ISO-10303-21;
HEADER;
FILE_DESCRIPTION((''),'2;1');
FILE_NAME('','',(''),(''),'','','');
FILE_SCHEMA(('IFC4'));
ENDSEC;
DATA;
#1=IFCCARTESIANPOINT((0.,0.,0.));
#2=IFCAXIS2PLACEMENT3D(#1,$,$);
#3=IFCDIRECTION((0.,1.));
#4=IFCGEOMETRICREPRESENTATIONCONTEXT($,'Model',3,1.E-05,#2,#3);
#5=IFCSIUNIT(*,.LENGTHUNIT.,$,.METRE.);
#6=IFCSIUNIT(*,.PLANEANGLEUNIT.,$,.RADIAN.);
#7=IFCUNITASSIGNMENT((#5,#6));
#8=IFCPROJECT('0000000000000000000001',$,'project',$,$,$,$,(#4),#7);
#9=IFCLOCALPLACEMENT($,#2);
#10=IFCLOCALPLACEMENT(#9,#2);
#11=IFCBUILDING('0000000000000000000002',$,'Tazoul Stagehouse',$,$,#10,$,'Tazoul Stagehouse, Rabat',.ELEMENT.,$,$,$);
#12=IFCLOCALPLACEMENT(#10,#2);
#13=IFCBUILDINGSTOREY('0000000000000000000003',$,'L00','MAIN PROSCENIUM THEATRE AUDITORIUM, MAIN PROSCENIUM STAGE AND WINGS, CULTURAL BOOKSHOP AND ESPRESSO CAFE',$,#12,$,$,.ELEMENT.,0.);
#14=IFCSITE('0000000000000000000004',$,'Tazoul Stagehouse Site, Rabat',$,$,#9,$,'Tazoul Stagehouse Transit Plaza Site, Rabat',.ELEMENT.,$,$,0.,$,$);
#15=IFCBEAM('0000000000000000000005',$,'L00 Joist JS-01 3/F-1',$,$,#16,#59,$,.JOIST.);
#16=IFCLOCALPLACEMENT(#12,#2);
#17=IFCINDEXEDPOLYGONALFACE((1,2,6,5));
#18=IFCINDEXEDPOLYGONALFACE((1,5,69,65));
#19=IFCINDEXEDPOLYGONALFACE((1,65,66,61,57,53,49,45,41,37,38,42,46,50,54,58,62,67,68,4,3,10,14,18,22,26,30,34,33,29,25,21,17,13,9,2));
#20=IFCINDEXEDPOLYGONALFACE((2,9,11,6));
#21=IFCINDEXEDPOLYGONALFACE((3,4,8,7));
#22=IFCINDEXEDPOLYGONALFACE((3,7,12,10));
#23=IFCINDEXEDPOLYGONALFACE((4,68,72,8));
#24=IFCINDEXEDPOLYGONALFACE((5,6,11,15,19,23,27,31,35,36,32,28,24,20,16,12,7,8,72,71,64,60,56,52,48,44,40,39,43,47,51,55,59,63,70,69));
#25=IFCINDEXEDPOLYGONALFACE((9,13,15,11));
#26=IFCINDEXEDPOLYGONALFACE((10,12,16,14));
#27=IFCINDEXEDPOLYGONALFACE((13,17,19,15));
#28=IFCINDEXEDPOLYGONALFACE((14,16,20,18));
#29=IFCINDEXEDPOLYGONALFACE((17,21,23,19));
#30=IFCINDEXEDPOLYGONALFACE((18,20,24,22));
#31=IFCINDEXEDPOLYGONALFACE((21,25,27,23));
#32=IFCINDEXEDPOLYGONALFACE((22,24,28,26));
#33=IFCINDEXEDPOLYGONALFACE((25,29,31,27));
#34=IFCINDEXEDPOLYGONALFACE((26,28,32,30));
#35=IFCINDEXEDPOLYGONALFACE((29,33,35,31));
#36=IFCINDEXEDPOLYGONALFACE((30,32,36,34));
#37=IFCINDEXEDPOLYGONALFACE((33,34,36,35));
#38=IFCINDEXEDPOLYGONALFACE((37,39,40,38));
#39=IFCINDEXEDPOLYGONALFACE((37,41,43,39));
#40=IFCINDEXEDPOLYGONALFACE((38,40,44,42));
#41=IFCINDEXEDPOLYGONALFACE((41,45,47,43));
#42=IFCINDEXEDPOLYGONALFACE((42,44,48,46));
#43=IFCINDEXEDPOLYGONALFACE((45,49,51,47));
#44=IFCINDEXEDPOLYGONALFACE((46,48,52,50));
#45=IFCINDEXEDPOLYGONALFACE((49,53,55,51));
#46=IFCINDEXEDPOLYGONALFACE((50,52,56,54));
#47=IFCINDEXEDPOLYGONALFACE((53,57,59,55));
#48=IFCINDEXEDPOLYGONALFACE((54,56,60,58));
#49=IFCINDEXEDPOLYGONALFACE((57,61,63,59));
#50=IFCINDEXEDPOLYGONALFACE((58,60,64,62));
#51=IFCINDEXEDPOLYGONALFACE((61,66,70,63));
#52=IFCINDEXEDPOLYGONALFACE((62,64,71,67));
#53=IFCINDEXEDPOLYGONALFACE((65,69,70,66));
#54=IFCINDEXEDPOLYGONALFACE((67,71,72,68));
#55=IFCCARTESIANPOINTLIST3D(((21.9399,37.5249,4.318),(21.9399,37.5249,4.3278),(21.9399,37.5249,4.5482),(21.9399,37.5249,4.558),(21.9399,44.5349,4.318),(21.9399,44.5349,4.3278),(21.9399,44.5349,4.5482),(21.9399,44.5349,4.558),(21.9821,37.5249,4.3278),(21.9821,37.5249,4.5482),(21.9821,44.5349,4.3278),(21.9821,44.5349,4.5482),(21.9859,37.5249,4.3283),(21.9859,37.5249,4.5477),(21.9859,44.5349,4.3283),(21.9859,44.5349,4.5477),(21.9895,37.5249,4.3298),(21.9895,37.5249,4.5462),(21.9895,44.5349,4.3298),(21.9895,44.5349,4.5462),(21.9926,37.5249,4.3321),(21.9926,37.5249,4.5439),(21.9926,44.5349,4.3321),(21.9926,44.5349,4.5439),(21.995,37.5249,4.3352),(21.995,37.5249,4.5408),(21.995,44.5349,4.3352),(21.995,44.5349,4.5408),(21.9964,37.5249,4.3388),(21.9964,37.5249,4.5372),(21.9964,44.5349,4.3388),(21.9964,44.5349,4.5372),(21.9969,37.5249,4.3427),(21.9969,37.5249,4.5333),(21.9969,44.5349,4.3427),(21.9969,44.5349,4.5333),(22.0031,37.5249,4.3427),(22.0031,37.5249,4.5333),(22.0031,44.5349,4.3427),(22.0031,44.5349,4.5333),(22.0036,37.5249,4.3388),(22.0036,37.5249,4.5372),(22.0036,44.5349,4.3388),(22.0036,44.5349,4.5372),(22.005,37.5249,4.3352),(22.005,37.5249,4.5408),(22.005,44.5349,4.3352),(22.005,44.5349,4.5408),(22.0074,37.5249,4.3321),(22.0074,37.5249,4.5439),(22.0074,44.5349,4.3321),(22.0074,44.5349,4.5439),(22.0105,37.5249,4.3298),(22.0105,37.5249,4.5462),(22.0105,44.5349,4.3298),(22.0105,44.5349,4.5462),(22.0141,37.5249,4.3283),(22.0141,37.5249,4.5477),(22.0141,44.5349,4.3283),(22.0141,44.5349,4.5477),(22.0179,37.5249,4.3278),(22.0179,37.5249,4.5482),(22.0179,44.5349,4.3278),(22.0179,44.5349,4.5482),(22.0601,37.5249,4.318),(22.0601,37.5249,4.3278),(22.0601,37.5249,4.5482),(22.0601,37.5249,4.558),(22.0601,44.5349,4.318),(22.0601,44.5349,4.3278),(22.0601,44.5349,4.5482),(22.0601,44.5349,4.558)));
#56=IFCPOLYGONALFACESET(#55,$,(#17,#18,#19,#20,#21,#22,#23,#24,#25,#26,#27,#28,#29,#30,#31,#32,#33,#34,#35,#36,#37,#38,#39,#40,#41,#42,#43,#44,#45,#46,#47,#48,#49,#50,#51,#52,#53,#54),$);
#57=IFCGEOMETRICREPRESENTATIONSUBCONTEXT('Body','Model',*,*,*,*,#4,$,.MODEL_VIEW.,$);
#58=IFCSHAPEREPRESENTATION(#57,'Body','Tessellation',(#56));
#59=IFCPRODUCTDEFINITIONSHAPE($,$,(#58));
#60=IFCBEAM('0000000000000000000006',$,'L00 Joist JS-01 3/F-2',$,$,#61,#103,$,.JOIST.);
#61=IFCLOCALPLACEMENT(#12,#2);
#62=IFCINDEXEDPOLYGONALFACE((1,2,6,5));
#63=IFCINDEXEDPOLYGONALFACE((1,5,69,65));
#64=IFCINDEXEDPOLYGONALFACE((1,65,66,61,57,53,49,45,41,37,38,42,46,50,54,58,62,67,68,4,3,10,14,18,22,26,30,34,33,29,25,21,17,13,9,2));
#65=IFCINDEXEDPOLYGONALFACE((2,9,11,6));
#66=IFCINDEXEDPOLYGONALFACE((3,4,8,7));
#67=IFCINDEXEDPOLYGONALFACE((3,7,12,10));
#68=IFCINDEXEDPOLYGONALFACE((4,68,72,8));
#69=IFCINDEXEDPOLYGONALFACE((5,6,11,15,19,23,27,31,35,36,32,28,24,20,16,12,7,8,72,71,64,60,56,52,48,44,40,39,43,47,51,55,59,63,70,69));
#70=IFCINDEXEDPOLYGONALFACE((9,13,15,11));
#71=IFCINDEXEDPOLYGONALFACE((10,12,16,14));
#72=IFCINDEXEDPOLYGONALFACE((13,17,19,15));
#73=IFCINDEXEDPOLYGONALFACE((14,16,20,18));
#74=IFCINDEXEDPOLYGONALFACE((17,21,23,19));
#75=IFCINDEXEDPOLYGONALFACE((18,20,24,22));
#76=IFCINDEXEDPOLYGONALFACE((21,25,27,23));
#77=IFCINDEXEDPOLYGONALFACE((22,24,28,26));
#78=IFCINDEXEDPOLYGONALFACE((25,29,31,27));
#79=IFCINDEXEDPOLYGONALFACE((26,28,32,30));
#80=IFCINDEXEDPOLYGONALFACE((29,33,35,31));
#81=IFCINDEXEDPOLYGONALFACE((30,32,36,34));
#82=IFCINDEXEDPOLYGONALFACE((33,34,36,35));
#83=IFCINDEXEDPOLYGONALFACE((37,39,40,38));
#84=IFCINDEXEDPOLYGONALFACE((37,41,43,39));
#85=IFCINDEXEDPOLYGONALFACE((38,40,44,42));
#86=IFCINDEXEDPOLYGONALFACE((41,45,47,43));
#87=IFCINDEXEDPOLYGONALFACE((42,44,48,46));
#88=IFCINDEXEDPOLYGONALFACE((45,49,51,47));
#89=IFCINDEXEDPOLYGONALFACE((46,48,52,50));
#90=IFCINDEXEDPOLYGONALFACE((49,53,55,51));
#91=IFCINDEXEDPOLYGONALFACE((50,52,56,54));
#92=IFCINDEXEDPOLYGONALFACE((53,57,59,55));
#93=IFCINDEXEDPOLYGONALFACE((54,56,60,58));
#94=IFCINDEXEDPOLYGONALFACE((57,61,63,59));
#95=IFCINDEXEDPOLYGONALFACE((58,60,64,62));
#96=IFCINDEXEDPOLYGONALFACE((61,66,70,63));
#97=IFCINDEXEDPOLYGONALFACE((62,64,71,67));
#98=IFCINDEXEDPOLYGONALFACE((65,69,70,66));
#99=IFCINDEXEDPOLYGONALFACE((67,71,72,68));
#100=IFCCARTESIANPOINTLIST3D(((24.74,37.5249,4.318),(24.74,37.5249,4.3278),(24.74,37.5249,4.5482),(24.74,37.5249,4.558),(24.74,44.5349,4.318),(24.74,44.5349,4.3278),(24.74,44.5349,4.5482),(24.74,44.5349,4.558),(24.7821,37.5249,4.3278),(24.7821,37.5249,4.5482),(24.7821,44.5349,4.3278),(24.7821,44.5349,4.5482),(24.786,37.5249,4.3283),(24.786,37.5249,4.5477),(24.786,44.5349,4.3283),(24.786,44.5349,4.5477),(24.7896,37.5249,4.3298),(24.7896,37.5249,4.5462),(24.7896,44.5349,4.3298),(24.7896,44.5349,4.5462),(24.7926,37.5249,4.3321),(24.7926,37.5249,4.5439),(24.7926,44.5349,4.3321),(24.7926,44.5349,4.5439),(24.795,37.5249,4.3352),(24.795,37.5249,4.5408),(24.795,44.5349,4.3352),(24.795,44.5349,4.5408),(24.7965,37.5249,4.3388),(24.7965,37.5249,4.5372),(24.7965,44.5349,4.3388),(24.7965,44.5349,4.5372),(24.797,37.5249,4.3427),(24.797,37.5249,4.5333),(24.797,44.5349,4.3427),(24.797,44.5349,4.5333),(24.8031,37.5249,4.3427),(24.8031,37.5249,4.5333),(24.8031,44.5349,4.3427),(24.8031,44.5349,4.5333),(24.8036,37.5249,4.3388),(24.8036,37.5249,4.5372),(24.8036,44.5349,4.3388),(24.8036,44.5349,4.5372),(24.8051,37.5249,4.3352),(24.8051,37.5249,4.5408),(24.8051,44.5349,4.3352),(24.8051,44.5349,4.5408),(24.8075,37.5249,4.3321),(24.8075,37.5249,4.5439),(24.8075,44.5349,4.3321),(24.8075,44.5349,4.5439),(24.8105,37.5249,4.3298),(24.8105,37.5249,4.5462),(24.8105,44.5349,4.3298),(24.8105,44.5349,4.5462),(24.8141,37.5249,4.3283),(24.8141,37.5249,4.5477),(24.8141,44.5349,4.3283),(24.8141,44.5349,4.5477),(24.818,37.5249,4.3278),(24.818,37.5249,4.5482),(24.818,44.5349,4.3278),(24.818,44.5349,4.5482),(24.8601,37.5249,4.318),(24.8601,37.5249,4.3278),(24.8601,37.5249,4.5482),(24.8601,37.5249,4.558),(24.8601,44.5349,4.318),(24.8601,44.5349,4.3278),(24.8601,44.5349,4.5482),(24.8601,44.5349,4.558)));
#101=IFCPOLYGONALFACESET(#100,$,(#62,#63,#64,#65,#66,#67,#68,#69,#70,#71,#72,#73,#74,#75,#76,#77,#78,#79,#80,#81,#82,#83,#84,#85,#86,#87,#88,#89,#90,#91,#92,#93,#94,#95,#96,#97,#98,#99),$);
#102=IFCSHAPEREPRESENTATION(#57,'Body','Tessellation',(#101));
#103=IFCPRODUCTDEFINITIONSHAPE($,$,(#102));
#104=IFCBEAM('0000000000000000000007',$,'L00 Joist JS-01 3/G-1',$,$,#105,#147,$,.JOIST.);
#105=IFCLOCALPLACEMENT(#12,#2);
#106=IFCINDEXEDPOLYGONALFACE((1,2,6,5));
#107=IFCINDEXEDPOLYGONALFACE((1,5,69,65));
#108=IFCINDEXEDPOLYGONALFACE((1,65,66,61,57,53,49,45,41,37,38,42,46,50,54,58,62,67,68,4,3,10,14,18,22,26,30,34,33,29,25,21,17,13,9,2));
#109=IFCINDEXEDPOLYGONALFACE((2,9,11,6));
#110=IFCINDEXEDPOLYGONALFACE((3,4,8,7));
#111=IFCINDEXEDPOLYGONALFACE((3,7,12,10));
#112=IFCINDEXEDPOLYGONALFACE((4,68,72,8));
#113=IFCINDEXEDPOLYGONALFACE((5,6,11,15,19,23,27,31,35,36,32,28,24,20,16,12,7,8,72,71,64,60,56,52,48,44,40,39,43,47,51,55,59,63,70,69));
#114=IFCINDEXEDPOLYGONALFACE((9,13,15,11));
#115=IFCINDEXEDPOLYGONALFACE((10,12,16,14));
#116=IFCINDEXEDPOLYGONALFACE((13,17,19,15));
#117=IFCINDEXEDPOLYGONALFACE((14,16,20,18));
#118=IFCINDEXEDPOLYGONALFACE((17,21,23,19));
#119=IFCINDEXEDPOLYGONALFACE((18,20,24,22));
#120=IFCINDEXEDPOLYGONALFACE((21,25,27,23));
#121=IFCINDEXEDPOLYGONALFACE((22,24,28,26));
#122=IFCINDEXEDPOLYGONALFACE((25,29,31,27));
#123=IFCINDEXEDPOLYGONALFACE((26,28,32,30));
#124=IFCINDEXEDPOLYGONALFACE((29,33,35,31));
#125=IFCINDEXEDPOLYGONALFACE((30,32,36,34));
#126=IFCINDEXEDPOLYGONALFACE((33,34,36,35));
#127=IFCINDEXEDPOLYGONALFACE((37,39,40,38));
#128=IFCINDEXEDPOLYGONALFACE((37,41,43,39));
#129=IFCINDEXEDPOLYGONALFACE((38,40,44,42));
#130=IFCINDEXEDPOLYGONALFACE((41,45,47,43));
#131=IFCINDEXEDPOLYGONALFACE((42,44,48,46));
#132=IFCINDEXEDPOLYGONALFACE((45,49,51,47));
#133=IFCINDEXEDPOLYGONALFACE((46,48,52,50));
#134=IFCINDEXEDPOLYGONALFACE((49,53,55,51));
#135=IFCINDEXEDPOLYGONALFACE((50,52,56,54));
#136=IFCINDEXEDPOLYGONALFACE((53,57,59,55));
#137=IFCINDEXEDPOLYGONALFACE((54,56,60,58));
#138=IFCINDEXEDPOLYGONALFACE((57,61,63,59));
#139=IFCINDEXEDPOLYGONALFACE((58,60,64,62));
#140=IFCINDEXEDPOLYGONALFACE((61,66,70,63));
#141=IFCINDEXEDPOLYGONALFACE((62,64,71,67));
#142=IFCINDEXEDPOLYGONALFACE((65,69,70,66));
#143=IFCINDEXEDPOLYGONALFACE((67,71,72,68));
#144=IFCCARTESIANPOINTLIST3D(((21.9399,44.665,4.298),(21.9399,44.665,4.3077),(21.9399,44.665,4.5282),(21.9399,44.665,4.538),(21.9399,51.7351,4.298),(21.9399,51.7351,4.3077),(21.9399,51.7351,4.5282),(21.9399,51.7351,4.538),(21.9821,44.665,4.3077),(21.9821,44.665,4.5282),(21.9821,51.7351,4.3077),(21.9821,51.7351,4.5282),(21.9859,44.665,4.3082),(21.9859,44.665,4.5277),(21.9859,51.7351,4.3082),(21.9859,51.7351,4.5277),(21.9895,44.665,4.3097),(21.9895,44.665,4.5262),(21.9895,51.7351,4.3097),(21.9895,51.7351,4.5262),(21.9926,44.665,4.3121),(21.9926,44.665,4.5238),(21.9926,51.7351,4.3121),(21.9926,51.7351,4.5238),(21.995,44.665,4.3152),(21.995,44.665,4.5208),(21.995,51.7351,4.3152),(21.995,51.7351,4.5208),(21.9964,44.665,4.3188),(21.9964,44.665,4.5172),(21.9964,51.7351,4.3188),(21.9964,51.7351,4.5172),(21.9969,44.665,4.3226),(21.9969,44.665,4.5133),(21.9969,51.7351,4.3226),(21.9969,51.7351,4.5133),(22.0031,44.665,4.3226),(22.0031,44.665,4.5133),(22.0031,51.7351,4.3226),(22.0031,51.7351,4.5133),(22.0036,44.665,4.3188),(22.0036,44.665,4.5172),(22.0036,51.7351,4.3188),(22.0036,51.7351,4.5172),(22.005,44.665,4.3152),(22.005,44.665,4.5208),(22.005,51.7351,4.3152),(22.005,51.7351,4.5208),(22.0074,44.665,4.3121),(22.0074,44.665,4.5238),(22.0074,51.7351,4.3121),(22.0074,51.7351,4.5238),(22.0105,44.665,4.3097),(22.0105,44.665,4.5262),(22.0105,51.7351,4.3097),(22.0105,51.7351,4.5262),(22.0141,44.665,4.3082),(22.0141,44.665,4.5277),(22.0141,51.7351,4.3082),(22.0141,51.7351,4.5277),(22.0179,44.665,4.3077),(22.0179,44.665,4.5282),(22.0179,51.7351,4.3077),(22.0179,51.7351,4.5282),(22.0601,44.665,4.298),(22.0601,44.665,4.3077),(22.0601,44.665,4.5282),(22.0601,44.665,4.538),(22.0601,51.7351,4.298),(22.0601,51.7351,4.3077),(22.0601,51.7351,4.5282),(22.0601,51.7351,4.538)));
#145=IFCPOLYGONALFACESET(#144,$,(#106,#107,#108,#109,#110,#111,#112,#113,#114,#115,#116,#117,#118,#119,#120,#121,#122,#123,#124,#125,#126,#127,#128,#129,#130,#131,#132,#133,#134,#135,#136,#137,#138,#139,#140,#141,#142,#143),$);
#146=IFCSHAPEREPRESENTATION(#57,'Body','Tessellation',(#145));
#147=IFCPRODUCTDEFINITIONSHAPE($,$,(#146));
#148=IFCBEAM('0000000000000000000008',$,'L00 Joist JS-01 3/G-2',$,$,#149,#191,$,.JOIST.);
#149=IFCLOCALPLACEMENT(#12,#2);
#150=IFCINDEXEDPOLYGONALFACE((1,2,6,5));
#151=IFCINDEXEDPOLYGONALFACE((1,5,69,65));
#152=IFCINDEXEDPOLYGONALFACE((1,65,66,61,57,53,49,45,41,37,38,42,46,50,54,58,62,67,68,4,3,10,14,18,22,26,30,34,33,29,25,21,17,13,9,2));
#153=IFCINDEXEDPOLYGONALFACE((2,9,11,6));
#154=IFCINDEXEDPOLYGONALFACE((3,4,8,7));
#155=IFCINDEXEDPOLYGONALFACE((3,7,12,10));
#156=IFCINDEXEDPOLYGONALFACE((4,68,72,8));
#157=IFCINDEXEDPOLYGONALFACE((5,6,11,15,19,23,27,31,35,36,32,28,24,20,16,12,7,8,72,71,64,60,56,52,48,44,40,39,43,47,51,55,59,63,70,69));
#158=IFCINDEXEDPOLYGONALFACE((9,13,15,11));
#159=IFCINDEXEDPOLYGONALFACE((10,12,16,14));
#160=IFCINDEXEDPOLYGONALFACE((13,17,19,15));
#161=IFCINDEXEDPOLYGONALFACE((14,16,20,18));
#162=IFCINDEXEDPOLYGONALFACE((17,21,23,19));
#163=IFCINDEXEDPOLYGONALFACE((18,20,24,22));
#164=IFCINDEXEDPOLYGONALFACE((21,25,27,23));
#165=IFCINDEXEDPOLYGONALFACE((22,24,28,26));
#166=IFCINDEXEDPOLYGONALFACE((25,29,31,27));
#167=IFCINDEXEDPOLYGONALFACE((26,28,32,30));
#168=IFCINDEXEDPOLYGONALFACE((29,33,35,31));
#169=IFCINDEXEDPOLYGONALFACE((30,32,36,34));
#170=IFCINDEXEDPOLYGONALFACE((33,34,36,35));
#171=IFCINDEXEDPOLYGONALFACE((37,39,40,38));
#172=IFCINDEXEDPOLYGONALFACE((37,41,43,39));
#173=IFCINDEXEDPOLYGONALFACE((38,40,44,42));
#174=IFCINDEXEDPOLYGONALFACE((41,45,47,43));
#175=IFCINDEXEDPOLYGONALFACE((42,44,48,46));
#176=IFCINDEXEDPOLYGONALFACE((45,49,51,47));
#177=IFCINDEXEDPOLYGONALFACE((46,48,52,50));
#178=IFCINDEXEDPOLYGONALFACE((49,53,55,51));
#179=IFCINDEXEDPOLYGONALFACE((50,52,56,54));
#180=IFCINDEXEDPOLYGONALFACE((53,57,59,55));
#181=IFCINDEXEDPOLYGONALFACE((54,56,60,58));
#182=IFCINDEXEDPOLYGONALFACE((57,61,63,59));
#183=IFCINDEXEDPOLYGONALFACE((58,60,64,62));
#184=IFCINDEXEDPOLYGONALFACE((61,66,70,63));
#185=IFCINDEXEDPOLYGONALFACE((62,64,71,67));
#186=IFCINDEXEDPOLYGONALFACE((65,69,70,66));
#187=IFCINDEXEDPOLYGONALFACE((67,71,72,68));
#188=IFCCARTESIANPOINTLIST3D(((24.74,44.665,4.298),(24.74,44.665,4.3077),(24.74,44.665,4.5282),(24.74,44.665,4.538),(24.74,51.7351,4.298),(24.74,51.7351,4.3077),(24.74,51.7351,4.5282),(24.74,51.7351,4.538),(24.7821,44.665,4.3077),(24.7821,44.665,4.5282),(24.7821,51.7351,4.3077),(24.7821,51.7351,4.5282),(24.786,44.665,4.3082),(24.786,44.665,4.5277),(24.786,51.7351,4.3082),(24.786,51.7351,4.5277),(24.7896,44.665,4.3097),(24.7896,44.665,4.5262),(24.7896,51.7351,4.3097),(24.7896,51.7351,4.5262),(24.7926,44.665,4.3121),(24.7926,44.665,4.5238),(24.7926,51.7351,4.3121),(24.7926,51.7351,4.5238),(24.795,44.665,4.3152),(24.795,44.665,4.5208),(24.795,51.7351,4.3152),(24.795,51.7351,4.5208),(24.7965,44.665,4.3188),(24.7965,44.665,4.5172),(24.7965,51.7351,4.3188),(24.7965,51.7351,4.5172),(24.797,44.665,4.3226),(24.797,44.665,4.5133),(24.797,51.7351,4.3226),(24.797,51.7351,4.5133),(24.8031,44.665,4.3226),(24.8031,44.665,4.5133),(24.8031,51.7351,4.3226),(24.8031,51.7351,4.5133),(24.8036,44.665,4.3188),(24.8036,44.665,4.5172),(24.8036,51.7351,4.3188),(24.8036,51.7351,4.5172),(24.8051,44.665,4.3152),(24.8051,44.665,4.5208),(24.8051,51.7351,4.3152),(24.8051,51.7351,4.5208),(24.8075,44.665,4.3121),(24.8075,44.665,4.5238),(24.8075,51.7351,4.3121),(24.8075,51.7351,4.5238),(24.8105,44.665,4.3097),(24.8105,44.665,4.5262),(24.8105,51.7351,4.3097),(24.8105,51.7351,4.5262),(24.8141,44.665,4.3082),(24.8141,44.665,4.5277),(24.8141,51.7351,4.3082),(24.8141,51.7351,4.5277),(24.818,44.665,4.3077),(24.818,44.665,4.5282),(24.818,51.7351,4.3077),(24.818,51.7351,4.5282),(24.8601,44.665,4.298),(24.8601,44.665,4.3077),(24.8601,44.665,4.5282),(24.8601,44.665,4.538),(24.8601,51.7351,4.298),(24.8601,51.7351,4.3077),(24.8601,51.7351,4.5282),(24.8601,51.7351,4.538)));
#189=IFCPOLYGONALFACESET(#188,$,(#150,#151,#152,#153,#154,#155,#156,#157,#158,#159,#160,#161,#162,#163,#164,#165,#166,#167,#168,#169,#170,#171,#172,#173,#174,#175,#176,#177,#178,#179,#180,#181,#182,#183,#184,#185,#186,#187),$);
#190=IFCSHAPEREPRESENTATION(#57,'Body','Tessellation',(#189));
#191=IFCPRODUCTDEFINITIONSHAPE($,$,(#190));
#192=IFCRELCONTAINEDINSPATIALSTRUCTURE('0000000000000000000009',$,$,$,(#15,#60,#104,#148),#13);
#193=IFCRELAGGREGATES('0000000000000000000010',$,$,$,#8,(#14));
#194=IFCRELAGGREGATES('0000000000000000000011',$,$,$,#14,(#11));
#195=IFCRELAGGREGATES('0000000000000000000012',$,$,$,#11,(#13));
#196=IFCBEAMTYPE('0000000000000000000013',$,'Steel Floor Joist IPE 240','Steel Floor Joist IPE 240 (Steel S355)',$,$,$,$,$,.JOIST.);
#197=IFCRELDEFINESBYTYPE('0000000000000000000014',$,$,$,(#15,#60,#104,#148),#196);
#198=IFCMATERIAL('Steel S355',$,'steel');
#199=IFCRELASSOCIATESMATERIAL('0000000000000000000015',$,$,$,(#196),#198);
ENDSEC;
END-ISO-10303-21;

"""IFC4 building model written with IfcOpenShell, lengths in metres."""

from ifc_helpers import new_model, si_unit, direction, frame, origin, origin_2d, place, context, subcontext, project, spatial, i_section, extrude, material, material_profile, profile_set, type_object, element, save


model = new_model("IFC4")

# Units and contexts
model_context = context("Model", 3, precision=1e-05, world=origin(), true_north=direction((0.0, 1.0)))
body_context = subcontext(model_context, "Body", "Model", "MODEL_VIEW")
ifc_project = project(units=[si_unit("LENGTHUNIT", "METRE"), si_unit("PLANEANGLEUNIT", "RADIAN")], contexts=[model_context])

# Site, building, storey
site_placement = place(None, origin())
site = spatial("IfcSite", under=ifc_project, at=site_placement, Name="Tazoul Stagehouse Site, Rabat", LongName="Tazoul Stagehouse Transit Plaza Site, Rabat", CompositionType="ELEMENT", RefElevation=0.0)
building_placement = place(site_placement, origin())
building = spatial("IfcBuilding", under=site, at=building_placement, Name="Tazoul Stagehouse", LongName="Tazoul Stagehouse, Rabat", CompositionType="ELEMENT")
storey_placement = place(building_placement, origin())
storey = spatial("IfcBuildingStorey", under=building, at=storey_placement, Name="L00", Description="MAIN PROSCENIUM THEATRE AUDITORIUM, MAIN PROSCENIUM STAGE AND WINGS, CULTURAL BOOKSHOP AND ESPRESSO CAFE", CompositionType="ELEMENT", Elevation=0.0)

# Shared definitions
ifc_material_1 = material(Name="Steel S355", Category="steel")

# Beams
ifc_material_profile_1 = material_profile(ifc_material_1, i_section(OverallWidth=0.1201, OverallDepth=0.24, WebThickness=0.0061, FlangeThickness=0.0098, FilletRadius=0.0149, at=origin_2d()), Name="IPE 240")
ifc_profile_set_1 = profile_set([ifc_material_profile_1], Name="Steel S355")
beam_type_1 = type_object("IfcBeamType", Name="Steel Floor Joist IPE 240", Description="Steel Floor Joist IPE 240 (Steel S355)", PredefinedType="JOIST", material=ifc_profile_set_1)
for number, where, z_axis, x_axis, name in (
    (1, (22.0, 37.5249, 4.438), (0.0, 1.0, 0.0), (-1.0, 0.0, 0.0), "L00 Joist JS-01 3/F-1"),
    (2, (24.8, 37.5249, 4.438), (0.0, 1.0, 0.0), (-1.0, 0.0, 0.0), "L00 Joist JS-01 3/F-2"),
):
    element("IfcBeam", number, at=place(storey_placement, frame(where, z_axis=z_axis, x_axis=x_axis)), inside=storey, type_object=beam_type_1, Name=name, PredefinedType="JOIST", context=body_context, shape_type="SweptSolid", body=[
        extrude(i_section(OverallWidth=0.1201, OverallDepth=0.24, WebThickness=0.0061, FlangeThickness=0.0098, FilletRadius=0.0149, at=origin_2d()), origin(), (0.0, 0.0, 1.0), 7.01),
    ])
for number, where, z_axis, x_axis, name in (
    (3, (22.0, 44.665, 4.418), (0.0, 1.0, 0.0), (-1.0, 0.0, 0.0), "L00 Joist JS-01 3/G-1"),
    (4, (24.8, 44.665, 4.418), (0.0, 1.0, 0.0), (-1.0, 0.0, 0.0), "L00 Joist JS-01 3/G-2"),
):
    element("IfcBeam", number, at=place(storey_placement, frame(where, z_axis=z_axis, x_axis=x_axis)), inside=storey, type_object=beam_type_1, Name=name, PredefinedType="JOIST", context=body_context, shape_type="SweptSolid", body=[
        extrude(i_section(OverallWidth=0.1201, OverallDepth=0.24, WebThickness=0.0061, FlangeThickness=0.0098, FilletRadius=0.0149, at=origin_2d()), origin(), (0.0, 0.0, 1.0), 7.0701),
    ])

save(model, "model.ifc")
